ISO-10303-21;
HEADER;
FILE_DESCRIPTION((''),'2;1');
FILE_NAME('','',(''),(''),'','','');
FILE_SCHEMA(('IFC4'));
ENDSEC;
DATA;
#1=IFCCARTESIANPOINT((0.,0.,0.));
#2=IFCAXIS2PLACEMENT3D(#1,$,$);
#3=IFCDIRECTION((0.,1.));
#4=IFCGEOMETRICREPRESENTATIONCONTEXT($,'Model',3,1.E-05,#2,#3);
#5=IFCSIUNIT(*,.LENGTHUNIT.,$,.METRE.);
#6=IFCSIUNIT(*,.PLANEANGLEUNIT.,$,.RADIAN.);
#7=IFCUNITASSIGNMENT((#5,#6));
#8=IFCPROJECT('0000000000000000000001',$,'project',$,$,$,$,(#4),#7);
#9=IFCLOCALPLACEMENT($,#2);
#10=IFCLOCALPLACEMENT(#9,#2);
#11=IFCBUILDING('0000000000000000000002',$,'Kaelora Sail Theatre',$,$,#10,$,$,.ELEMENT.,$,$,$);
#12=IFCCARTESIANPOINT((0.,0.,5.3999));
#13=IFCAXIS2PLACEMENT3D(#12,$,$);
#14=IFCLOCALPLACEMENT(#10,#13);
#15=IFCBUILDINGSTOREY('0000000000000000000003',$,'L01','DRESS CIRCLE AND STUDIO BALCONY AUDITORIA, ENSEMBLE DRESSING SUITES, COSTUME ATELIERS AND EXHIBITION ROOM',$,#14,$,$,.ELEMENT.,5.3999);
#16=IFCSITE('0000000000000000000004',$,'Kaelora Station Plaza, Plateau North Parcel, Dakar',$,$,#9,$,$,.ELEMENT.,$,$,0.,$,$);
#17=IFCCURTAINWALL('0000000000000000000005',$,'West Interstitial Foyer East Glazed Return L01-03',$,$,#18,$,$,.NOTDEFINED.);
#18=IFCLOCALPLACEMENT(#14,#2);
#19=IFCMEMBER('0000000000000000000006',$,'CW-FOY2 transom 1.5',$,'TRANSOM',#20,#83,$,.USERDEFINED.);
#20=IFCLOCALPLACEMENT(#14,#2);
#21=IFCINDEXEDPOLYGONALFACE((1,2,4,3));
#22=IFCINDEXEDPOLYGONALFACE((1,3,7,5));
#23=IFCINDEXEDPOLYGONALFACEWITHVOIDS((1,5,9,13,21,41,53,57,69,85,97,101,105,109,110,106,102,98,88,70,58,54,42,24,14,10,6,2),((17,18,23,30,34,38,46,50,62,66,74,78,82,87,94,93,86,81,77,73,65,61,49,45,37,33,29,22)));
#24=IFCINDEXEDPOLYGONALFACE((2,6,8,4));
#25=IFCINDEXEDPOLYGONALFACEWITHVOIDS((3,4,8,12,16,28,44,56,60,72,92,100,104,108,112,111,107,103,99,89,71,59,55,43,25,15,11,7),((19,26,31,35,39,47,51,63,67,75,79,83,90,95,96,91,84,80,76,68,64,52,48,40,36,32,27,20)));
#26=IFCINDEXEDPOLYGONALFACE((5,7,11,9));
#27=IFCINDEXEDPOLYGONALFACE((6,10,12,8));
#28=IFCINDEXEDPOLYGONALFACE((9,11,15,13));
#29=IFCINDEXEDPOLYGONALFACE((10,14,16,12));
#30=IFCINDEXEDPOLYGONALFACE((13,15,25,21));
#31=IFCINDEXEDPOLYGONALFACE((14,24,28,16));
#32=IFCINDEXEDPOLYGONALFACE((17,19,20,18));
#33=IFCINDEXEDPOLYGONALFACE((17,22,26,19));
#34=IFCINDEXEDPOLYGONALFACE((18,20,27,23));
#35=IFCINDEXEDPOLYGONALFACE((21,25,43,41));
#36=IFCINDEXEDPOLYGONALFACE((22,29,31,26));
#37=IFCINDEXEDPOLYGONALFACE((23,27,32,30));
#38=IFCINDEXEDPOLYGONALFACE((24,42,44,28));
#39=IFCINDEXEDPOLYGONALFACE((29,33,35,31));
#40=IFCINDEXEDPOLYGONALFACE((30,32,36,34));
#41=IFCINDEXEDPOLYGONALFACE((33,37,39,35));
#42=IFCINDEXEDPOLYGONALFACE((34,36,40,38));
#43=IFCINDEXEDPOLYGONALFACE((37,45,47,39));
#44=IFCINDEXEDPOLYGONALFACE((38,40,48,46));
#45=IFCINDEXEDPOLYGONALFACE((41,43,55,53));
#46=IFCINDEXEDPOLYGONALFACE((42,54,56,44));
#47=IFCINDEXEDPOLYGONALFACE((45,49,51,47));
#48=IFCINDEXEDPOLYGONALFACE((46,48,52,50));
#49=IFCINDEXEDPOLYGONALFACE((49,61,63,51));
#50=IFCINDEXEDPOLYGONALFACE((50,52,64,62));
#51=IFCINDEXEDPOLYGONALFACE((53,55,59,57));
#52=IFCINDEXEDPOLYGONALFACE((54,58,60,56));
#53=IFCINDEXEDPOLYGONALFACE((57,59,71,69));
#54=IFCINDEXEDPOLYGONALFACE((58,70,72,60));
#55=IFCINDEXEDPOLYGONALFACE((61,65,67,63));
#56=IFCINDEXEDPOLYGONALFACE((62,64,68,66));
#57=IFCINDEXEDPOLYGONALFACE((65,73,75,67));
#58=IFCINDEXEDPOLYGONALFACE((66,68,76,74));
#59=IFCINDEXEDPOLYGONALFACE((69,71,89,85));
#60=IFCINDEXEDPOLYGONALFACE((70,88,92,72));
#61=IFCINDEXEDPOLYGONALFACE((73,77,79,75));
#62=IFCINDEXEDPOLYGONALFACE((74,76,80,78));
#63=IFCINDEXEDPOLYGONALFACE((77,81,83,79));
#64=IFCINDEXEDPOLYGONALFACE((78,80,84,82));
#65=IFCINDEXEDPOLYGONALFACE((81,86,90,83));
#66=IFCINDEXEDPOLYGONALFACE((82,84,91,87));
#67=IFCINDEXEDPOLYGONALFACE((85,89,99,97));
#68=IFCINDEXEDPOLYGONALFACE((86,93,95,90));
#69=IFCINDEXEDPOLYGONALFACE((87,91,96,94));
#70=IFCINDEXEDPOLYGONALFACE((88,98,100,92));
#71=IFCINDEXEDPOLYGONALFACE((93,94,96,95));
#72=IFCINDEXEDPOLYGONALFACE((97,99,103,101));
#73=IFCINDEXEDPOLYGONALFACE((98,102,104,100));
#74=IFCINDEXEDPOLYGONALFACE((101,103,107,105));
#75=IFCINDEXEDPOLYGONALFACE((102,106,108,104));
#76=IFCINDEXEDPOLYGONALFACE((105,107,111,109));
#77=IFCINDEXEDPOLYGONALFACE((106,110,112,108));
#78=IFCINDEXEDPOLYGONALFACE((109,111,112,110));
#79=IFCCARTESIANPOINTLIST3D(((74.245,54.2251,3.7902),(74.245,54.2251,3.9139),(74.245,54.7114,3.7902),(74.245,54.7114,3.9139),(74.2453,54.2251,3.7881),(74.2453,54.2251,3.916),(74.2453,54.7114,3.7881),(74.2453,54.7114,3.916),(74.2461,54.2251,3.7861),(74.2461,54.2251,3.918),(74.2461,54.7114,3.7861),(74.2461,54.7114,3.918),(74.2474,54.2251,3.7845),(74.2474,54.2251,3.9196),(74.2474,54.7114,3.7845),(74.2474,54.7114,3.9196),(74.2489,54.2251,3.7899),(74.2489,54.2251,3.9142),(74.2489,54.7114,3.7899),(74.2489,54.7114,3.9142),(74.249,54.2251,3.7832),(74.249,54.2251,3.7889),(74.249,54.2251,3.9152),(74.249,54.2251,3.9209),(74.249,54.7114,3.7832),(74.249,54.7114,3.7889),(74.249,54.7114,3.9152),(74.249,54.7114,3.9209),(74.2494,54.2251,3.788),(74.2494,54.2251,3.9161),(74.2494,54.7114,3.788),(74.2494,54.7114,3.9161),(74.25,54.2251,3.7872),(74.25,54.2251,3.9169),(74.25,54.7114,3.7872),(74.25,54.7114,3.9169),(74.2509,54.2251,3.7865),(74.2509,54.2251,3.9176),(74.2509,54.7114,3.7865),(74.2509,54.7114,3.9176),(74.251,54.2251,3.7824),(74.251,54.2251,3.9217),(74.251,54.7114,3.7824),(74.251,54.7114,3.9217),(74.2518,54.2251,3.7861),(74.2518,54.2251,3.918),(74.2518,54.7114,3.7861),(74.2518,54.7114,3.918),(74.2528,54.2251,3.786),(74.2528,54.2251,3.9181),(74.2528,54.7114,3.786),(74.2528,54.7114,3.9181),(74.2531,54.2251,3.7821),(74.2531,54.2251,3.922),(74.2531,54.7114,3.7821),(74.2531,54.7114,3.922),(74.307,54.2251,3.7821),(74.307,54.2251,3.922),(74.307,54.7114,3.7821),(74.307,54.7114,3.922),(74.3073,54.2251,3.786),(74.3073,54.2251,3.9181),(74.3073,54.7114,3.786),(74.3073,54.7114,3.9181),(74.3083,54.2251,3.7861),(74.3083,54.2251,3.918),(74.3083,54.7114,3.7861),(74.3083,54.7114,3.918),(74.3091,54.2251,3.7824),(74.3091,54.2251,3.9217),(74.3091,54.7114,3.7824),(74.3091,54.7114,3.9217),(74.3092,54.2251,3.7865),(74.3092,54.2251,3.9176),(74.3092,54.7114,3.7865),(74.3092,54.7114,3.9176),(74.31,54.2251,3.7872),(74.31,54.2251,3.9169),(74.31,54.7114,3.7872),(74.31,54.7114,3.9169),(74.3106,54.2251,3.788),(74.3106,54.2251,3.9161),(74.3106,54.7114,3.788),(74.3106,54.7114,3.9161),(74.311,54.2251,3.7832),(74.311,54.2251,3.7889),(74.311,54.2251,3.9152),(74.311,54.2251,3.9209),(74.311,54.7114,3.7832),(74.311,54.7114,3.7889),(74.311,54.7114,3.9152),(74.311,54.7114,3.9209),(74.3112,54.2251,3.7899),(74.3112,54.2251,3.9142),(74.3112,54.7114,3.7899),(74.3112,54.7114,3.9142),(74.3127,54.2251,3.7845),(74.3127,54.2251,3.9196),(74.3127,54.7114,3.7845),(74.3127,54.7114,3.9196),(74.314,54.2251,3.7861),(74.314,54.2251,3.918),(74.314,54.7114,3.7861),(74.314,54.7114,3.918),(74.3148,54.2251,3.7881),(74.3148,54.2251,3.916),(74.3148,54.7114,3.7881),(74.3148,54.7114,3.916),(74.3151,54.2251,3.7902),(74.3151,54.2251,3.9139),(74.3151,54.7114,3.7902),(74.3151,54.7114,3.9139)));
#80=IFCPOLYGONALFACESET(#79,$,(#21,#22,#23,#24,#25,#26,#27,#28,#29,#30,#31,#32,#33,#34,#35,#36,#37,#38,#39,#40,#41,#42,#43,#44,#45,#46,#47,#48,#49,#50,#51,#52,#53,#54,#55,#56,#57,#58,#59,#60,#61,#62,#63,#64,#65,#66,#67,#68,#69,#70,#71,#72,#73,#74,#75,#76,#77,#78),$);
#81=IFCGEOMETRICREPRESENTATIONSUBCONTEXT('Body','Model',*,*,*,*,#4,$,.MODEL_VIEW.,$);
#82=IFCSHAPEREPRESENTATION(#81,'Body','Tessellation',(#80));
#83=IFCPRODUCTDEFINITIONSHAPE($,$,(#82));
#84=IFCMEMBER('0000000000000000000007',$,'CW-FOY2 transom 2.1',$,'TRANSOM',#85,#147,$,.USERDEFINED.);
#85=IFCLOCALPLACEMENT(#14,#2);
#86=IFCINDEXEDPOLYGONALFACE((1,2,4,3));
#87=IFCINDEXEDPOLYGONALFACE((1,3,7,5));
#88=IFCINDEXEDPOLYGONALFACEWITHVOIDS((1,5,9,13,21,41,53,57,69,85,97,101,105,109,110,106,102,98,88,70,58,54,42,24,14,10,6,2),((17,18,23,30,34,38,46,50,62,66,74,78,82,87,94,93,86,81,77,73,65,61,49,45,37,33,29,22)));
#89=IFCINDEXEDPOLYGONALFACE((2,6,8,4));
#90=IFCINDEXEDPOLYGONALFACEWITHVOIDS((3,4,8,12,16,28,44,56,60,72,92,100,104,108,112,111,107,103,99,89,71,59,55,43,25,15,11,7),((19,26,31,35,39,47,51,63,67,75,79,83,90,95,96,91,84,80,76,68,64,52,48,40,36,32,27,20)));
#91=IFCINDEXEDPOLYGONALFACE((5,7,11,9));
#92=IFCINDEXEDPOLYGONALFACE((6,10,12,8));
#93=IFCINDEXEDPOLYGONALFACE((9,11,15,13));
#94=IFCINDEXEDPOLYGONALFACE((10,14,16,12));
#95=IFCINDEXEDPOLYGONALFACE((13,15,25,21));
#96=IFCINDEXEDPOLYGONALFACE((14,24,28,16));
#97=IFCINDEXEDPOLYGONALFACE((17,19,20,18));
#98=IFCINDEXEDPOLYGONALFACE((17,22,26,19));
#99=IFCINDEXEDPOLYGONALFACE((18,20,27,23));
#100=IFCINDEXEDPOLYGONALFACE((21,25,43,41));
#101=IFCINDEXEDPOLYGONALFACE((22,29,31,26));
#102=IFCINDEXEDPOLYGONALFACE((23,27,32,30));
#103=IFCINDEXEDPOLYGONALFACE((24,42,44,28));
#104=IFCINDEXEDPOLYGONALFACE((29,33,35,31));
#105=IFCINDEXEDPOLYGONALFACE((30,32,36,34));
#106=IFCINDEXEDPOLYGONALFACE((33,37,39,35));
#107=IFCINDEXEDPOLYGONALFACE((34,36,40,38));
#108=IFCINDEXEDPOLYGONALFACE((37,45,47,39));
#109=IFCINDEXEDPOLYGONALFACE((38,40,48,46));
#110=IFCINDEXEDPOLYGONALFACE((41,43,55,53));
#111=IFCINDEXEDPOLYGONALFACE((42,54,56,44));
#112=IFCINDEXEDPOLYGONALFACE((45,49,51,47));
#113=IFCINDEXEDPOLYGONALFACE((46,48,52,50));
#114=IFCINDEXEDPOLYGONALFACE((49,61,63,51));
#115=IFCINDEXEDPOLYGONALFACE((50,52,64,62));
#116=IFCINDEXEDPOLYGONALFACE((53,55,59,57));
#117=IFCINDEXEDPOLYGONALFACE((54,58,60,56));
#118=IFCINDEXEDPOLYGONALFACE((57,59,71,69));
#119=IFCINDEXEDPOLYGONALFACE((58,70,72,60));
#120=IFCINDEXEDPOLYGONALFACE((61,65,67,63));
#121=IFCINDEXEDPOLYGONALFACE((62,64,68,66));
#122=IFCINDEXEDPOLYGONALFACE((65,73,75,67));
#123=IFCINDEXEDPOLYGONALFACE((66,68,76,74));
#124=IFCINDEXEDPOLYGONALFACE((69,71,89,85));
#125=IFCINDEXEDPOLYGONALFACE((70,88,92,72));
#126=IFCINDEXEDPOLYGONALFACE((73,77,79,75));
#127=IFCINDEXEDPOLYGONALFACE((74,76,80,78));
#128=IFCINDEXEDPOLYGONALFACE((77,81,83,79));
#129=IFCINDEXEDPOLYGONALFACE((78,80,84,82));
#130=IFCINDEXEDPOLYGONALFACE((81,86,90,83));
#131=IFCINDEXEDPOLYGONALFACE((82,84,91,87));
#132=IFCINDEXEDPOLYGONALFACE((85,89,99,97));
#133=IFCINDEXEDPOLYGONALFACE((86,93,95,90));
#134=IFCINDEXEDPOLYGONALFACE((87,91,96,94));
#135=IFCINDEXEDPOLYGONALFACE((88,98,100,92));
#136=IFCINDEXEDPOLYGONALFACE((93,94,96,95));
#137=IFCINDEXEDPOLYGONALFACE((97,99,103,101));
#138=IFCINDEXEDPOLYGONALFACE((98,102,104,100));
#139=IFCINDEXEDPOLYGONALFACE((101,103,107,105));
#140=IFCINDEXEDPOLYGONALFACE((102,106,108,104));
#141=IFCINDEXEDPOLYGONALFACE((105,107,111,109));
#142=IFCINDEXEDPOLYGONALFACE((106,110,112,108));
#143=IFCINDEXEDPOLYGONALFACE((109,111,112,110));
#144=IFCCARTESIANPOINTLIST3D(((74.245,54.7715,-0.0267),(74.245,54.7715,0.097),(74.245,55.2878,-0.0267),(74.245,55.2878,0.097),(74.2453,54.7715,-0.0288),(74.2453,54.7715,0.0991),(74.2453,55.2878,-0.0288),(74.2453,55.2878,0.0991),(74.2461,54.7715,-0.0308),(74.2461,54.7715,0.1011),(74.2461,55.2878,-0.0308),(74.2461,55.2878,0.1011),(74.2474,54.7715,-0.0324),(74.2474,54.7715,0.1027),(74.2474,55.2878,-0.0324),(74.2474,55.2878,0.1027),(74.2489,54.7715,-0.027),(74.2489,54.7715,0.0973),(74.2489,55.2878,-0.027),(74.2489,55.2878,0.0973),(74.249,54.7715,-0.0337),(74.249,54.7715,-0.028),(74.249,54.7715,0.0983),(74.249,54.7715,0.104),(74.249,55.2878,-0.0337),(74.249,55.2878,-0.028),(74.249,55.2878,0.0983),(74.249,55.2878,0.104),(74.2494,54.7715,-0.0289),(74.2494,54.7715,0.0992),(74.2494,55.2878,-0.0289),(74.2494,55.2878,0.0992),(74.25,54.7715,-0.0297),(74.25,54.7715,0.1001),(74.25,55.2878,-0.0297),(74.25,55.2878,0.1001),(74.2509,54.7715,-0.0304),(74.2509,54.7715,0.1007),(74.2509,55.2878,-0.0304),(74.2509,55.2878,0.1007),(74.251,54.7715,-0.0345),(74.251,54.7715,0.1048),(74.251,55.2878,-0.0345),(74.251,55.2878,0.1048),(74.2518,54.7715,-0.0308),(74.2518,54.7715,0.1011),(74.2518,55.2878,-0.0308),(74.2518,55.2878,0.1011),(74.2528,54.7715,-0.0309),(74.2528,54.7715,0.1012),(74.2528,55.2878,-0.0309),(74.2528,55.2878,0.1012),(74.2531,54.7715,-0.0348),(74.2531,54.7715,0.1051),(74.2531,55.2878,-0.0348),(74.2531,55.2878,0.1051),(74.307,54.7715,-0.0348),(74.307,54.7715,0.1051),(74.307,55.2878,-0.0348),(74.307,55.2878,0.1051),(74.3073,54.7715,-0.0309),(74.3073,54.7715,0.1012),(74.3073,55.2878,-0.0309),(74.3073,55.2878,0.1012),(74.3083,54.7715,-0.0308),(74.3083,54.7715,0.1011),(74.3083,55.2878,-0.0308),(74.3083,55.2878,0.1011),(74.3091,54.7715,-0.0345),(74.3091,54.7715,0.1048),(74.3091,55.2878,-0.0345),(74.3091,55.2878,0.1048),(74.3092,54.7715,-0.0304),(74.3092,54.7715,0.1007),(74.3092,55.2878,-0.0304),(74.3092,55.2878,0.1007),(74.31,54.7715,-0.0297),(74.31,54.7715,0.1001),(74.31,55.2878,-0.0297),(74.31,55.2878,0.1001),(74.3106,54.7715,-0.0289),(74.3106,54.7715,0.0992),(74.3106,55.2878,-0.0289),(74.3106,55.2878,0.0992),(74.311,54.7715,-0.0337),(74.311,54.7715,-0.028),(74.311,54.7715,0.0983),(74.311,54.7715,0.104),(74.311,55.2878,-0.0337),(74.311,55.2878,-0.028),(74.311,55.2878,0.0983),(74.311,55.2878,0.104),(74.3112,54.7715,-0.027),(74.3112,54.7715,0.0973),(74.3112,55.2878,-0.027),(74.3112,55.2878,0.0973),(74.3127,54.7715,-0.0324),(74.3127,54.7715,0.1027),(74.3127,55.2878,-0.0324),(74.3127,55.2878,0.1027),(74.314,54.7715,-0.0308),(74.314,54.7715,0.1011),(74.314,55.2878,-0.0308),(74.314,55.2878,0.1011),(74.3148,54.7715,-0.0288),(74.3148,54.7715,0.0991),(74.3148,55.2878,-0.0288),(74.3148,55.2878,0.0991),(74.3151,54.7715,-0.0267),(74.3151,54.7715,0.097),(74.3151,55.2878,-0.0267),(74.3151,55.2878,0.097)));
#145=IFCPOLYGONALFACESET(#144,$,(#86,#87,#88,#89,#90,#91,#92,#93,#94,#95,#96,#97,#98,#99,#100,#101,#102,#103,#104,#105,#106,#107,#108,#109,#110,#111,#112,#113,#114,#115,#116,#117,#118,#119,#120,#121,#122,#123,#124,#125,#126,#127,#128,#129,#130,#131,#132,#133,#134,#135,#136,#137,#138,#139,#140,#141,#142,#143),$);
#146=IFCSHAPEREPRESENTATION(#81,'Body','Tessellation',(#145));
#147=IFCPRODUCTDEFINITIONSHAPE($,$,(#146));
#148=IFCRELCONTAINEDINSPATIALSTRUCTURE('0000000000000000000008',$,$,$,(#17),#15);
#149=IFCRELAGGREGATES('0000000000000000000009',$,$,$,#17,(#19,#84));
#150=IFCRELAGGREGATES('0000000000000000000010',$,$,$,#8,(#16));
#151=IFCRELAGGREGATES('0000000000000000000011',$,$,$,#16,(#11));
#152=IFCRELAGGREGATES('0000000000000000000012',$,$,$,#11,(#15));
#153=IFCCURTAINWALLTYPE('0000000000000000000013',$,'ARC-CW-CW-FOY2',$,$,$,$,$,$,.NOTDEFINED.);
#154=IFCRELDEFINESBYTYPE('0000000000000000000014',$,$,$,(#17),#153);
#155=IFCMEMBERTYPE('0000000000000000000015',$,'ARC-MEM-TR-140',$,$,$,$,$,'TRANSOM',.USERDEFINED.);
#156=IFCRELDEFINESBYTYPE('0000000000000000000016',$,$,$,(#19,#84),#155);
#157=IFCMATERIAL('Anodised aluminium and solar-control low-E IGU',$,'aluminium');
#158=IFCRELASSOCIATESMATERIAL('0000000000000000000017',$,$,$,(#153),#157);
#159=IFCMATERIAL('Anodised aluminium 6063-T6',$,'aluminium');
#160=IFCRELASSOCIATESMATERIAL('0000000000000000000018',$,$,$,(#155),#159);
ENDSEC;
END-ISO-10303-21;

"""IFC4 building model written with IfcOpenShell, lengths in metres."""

from ifc_helpers import new_model, si_unit, direction, frame, origin, origin_2d, place, context, subcontext, project, spatial, hollow_rectangle, extrude, material, material_profile, profile_set, type_object, element, aggregate, save


model = new_model("IFC4")

# Units and contexts
model_context = context("Model", 3, precision=1e-05, world=origin(), true_north=direction((0.0, 1.0)))
body_context = subcontext(model_context, "Body", "Model", "MODEL_VIEW")
ifc_project = project(units=[si_unit("LENGTHUNIT", "METRE"), si_unit("PLANEANGLEUNIT", "RADIAN")], contexts=[model_context])

# Site, building, storey
site_placement = place(None, origin())
site = spatial("IfcSite", under=ifc_project, at=site_placement, Name="Kaelora Station Plaza, Plateau North Parcel, Dakar", CompositionType="ELEMENT", RefElevation=0.0)
building_placement = place(site_placement, origin())
building = spatial("IfcBuilding", under=site, at=building_placement, Name="Kaelora Sail Theatre", CompositionType="ELEMENT")
storey_placement = place(building_placement, frame((0.0, 0.0, 5.3999)))
storey = spatial("IfcBuildingStorey", under=building, at=storey_placement, Name="L01", Description="DRESS CIRCLE AND STUDIO BALCONY AUDITORIA, ENSEMBLE DRESSING SUITES, COSTUME ATELIERS AND EXHIBITION ROOM", CompositionType="ELEMENT", Elevation=5.3999)

# Shared definitions
ifc_material_1 = material(Name="Anodised aluminium and solar-control low-E IGU", Category="aluminium")
curtain_wall_type = type_object("IfcCurtainWallType", Name="ARC-CW-CW-FOY2", PredefinedType="NOTDEFINED", material=ifc_material_1)

# Curtain wall
curtain_wall_1_placement = place(storey_placement, origin())
curtain_wall_1 = element("IfcCurtainWall", 1, at=curtain_wall_1_placement, inside=storey, type_object=curtain_wall_type, Name="West Interstitial Foyer East Glazed Return L01-03", PredefinedType="NOTDEFINED")

# Members
ifc_material_2 = material(Name="Anodised aluminium 6063-T6", Category="aluminium")
ifc_material_profile_1 = material_profile(ifc_material_2, hollow_rectangle(XDim=0.0701, YDim=0.1399, WallThickness=0.0039, InnerFilletRadius=0.0039, OuterFilletRadius=0.0081, at=origin_2d()), Name="ALU-TRAN 70x140x4")
ifc_profile_set_1 = profile_set([ifc_material_profile_1], Name="Anodised aluminium 6063-T6")
member_type_1 = type_object("IfcMemberType", Name="ARC-MEM-TR-140", ElementType="TRANSOM", PredefinedType="USERDEFINED", material=ifc_profile_set_1)
member_1_placement = place(storey_placement, frame((74.28, 54.2251, 3.8521), z_axis=(0.0, 1.0, 0.0), x_axis=(-1.0, 0.0, 0.0)))
member_1 = element("IfcMember", 2, at=member_1_placement, type_object=member_type_1, Name="CW-FOY2 transom 1.5", ObjectType="TRANSOM", PredefinedType="USERDEFINED", context=body_context, shape_type="SweptSolid", body=[
    extrude(hollow_rectangle(XDim=0.0701, YDim=0.1399, WallThickness=0.0039, InnerFilletRadius=0.0039, OuterFilletRadius=0.0081, at=origin_2d()), origin(), (0.0, 0.0, 1.0), 0.4863),
])
member_2_placement = place(storey_placement, frame((74.28, 54.7715, 0.0352), z_axis=(0.0, 1.0, 0.0), x_axis=(-1.0, 0.0, 0.0)))
member_2 = element("IfcMember", 3, at=member_2_placement, type_object=member_type_1, Name="CW-FOY2 transom 2.1", ObjectType="TRANSOM", PredefinedType="USERDEFINED", context=body_context, shape_type="SweptSolid", body=[
    extrude(hollow_rectangle(XDim=0.0701, YDim=0.1399, WallThickness=0.0039, InnerFilletRadius=0.0039, OuterFilletRadius=0.0081, at=origin_2d()), origin(), (0.0, 0.0, 1.0), 0.5164),
])

aggregate(curtain_wall_1, [member_1, member_2])

save(model, "model.ifc")
